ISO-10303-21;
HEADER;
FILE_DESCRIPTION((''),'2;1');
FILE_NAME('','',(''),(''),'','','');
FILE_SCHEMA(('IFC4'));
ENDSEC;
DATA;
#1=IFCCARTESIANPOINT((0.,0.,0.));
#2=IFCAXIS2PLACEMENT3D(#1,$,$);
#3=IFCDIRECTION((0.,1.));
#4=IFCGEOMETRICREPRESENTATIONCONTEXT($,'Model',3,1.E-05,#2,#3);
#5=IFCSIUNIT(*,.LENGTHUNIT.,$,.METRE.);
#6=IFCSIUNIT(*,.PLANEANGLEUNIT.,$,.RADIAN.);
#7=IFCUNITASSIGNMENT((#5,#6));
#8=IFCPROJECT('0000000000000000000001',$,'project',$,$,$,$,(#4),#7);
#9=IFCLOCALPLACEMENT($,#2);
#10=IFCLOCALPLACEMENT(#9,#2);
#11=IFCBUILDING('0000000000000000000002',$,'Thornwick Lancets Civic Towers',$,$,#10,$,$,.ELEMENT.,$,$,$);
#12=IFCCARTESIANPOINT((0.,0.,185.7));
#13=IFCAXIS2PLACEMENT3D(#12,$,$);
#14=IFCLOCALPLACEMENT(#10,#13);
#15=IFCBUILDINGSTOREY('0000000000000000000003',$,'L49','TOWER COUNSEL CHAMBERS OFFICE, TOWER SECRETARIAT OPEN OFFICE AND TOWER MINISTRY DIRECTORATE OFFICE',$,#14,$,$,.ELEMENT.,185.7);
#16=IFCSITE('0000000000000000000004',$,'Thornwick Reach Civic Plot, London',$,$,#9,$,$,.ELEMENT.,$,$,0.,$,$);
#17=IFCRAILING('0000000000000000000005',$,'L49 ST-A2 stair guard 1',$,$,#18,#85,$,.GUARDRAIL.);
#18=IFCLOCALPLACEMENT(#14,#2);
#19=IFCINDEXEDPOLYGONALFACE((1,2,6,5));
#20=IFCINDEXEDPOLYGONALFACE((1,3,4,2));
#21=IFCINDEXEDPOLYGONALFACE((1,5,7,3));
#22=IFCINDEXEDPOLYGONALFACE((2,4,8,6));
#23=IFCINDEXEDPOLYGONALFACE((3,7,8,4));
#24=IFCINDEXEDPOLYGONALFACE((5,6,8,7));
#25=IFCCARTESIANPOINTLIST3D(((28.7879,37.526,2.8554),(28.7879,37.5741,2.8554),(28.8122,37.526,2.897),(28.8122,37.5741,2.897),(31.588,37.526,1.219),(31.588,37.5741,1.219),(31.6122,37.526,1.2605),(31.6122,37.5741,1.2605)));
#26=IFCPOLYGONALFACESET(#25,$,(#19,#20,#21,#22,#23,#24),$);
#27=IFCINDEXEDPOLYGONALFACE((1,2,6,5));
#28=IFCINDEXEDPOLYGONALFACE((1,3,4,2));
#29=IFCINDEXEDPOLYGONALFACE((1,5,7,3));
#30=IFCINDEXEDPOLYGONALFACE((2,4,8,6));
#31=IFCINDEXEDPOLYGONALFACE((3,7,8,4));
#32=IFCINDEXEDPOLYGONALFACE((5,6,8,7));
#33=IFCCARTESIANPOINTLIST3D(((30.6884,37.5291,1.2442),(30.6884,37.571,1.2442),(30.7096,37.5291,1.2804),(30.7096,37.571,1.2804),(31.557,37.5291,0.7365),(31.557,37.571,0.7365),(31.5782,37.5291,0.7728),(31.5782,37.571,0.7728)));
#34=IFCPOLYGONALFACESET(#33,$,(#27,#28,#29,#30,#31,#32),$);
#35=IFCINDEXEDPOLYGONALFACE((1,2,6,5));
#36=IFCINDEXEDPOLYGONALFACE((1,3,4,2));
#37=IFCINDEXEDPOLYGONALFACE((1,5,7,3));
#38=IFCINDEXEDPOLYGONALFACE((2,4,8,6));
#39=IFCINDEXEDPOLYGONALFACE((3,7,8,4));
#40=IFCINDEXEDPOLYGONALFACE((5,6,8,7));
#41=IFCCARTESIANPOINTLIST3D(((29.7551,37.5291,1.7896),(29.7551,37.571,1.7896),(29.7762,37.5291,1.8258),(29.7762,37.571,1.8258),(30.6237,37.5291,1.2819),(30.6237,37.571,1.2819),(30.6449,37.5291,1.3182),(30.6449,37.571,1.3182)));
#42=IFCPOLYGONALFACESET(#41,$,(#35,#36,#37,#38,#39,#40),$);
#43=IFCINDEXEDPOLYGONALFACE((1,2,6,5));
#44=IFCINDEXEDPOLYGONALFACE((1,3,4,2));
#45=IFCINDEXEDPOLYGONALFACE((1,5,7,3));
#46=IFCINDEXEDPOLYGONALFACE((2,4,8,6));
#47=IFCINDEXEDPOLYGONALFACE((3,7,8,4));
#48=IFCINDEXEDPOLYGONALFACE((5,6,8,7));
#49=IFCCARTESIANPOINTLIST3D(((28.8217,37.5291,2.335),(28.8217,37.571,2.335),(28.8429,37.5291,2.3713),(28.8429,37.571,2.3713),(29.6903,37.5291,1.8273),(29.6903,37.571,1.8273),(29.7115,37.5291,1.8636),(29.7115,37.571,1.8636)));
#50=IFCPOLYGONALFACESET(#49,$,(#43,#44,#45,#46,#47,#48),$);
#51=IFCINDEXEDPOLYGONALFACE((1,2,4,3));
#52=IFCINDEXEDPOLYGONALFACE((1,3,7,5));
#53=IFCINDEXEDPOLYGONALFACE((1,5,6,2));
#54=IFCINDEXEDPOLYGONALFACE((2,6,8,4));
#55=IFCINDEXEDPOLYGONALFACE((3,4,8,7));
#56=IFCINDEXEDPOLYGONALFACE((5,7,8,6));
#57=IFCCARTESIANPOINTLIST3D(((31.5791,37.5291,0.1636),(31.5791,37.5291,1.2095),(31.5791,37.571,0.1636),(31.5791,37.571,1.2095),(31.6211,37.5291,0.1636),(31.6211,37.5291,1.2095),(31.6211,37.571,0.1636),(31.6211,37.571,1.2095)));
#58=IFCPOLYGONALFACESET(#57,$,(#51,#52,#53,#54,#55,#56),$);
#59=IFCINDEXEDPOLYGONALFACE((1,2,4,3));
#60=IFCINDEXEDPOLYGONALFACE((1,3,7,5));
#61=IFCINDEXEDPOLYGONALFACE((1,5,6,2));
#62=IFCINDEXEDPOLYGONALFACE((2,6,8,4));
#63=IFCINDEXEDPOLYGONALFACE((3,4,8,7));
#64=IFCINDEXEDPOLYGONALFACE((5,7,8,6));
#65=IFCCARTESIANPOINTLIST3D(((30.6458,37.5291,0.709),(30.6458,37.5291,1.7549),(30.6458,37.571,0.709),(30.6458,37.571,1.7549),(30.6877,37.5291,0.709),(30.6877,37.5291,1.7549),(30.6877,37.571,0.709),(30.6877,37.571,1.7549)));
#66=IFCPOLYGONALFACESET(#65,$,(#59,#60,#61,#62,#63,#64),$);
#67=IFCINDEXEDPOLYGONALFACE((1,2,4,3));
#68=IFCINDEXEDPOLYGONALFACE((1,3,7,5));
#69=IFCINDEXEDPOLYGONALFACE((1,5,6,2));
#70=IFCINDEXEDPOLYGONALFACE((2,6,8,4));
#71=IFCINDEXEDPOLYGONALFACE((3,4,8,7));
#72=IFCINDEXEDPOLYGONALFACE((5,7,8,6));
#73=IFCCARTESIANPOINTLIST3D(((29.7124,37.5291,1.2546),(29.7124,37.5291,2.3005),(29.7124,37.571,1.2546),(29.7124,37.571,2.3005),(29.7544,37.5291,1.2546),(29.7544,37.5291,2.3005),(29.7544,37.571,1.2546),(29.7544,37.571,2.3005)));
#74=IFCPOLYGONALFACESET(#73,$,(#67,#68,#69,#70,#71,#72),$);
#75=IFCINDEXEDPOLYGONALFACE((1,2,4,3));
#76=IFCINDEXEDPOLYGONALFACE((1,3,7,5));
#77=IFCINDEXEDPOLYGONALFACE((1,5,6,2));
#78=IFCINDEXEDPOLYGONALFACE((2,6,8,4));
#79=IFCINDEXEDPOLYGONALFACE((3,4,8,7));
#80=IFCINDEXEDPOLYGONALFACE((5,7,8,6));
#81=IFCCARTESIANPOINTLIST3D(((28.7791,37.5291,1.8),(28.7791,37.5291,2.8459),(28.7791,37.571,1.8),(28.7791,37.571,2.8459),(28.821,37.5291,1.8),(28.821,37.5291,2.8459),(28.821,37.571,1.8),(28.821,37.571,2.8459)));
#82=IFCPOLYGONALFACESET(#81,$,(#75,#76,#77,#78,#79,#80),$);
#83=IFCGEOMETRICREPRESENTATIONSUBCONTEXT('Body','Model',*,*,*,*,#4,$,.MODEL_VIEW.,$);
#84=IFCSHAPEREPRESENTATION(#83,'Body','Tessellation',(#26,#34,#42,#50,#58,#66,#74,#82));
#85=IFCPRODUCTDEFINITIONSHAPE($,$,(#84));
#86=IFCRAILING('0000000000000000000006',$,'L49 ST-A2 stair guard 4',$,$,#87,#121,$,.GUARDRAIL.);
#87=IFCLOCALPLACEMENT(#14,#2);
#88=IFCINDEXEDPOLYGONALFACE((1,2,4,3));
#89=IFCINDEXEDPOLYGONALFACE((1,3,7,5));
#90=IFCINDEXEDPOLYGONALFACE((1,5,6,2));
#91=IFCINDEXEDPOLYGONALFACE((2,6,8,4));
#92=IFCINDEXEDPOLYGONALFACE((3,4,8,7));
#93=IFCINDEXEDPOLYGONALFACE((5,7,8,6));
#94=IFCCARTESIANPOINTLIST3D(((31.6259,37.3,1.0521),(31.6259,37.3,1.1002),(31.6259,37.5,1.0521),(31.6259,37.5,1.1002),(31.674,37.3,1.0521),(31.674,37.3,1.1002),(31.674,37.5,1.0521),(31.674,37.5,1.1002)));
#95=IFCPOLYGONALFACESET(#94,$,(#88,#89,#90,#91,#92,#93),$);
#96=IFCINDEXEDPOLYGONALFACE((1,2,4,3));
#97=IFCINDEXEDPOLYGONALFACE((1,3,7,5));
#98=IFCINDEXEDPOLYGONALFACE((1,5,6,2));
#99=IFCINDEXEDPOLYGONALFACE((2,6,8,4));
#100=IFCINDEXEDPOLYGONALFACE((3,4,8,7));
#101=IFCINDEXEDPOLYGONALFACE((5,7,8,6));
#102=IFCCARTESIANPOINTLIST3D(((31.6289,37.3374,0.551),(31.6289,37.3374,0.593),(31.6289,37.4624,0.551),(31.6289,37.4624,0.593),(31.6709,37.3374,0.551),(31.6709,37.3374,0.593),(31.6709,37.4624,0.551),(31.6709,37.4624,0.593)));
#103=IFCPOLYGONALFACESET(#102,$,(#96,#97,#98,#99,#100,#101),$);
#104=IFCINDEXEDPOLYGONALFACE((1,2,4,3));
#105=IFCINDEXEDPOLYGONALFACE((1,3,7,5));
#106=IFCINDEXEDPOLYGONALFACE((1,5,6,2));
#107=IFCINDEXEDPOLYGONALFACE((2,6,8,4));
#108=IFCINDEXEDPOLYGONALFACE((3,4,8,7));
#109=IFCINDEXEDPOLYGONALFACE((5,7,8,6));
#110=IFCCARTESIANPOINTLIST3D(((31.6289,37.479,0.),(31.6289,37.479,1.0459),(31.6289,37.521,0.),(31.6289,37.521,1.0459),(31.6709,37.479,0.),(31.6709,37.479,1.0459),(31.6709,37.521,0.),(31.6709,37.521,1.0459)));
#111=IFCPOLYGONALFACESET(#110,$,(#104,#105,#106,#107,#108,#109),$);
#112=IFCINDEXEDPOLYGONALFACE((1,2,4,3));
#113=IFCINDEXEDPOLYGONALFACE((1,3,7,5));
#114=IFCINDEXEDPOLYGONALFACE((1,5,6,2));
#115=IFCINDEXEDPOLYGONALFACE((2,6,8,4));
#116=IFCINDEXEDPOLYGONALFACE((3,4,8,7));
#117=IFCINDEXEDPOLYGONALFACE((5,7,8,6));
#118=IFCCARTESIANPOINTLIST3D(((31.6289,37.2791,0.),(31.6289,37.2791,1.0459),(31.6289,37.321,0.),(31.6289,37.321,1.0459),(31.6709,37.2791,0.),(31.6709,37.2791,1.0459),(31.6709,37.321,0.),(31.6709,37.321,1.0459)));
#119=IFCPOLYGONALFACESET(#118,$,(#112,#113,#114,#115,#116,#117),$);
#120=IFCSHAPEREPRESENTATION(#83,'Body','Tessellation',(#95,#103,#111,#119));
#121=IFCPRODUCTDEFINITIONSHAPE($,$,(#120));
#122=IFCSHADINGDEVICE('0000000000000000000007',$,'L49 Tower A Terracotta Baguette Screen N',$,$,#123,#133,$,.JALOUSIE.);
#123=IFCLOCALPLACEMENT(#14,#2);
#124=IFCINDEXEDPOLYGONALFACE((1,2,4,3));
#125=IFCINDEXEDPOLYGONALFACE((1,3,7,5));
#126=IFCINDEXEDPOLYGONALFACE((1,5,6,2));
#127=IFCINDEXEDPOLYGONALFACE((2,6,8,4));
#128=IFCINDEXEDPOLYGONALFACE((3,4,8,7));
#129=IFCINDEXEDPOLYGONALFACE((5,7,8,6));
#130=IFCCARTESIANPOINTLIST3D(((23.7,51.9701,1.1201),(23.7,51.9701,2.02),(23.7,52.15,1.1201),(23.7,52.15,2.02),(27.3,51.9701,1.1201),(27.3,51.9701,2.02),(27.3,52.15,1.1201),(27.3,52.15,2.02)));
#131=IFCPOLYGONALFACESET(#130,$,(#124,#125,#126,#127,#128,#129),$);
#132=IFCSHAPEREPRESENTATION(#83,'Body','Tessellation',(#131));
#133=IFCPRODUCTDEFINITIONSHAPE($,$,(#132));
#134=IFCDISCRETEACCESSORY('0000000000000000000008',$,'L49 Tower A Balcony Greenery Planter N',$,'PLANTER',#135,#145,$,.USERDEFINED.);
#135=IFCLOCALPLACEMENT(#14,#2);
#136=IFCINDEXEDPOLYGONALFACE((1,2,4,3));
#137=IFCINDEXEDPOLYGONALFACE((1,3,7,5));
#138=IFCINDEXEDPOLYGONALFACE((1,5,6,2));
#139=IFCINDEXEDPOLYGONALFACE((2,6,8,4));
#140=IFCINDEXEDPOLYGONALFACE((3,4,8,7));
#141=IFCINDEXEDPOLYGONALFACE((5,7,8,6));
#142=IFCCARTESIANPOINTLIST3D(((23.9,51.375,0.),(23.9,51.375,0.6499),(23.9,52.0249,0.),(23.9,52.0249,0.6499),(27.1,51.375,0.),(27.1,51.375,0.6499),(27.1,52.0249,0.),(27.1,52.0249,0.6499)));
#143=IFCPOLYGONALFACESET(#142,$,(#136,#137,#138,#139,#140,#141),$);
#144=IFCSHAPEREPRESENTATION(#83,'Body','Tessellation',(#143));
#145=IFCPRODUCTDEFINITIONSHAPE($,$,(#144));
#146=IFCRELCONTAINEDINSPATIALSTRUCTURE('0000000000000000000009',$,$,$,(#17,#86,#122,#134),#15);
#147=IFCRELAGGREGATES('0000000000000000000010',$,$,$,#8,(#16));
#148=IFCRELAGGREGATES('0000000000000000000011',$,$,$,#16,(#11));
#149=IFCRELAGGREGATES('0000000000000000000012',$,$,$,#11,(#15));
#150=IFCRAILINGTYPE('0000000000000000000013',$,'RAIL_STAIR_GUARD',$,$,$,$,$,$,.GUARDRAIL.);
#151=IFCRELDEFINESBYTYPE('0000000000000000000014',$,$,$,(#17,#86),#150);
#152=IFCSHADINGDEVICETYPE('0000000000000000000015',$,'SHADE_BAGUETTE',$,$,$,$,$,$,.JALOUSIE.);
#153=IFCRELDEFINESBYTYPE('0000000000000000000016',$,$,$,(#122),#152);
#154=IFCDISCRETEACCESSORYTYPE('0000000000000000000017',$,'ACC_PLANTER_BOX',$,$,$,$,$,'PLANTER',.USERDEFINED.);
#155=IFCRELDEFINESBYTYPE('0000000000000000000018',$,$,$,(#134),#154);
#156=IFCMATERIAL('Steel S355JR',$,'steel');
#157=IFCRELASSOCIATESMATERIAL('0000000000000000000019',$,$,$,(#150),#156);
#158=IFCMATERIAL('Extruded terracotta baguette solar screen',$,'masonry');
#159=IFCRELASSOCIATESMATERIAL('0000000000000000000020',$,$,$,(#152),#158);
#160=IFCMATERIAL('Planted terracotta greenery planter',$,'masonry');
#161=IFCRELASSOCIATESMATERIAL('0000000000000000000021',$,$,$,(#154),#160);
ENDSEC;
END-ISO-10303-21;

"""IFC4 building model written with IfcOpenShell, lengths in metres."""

from ifc_helpers import new_model, si_unit, direction, frame, origin, origin_2d, place, context, subcontext, project, spatial, rectangle, extrude, material, type_object, element, save


model = new_model("IFC4")

# Units and contexts
model_context = context("Model", 3, precision=1e-05, world=origin(), true_north=direction((0.0, 1.0)))
body_context = subcontext(model_context, "Body", "Model", "MODEL_VIEW")
ifc_project = project(units=[si_unit("LENGTHUNIT", "METRE"), si_unit("PLANEANGLEUNIT", "RADIAN")], contexts=[model_context])

# Site, building, storey
site_placement = place(None, origin())
site = spatial("IfcSite", under=ifc_project, at=site_placement, Name="Thornwick Reach Civic Plot, London", CompositionType="ELEMENT", RefElevation=0.0)
building_placement = place(site_placement, origin())
building = spatial("IfcBuilding", under=site, at=building_placement, Name="Thornwick Lancets Civic Towers", CompositionType="ELEMENT")
storey_placement = place(building_placement, frame((0.0, 0.0, 185.7)))
storey = spatial("IfcBuildingStorey", under=building, at=storey_placement, Name="L49", Description="TOWER COUNSEL CHAMBERS OFFICE, TOWER SECRETARIAT OPEN OFFICE AND TOWER MINISTRY DIRECTORATE OFFICE", CompositionType="ELEMENT", Elevation=185.7)

# Shared definitions
ifc_material_1 = material(Name="Steel S355JR", Category="steel")

# Railings
railing_type_1 = type_object("IfcRailingType", Name="RAIL_STAIR_GUARD", PredefinedType="GUARDRAIL", material=ifc_material_1)
railing_1_placement = place(storey_placement, frame((31.6001, 37.55, 0.1636)))
element("IfcRailing", 1, at=railing_1_placement, inside=storey, type_object=railing_type_1, Name="L49 ST-A2 stair guard 1", PredefinedType="GUARDRAIL", context=body_context, shape_type="SweptSolid", body=[
    extrude(rectangle(XDim=0.0481, YDim=0.0481, at=origin_2d()), frame((0.0, 0.0, 1.0762), z_axis=(-0.863361, 0.0, 0.504587), x_axis=(0.0, -1.0, 0.0)), (0.0, 0.0, 1.0), 3.2432),
    extrude(rectangle(XDim=0.042, YDim=0.042, at=origin_2d()), frame((-0.0325, 0.0, 0.5911), z_axis=(-0.863361, 0.0, 0.504587), x_axis=(0.0, -1.0, 0.0)), (0.0, 0.0, 1.0), 1.0061),
    extrude(rectangle(XDim=0.042, YDim=0.042, at=origin_2d()), frame((-0.9658, 0.0, 1.1365), z_axis=(-0.863361, 0.0, 0.504587), x_axis=(0.0, -1.0, 0.0)), (0.0, 0.0, 1.0), 1.0061),
    extrude(rectangle(XDim=0.042, YDim=0.042, at=origin_2d()), frame((-1.8992, 0.0, 1.6819), z_axis=(-0.863361, 0.0, 0.504587), x_axis=(0.0, -1.0, 0.0)), (0.0, 0.0, 1.0), 1.0061),
    extrude(rectangle(XDim=0.042, YDim=0.042, at=origin_2d()), origin(), (0.0, 0.0, 1.0), 1.0459),
    extrude(rectangle(XDim=0.042, YDim=0.042, at=origin_2d()), frame((-0.9333, 0.0, 0.5454)), (0.0, 0.0, 1.0), 1.0459),
    extrude(rectangle(XDim=0.042, YDim=0.042, at=origin_2d()), frame((-1.8667, 0.0, 1.0911)), (0.0, 0.0, 1.0), 1.0459),
    extrude(rectangle(XDim=0.042, YDim=0.042, at=origin_2d()), frame((-2.8, 0.0, 1.6365)), (0.0, 0.0, 1.0), 1.0459),
])
railing_2_placement = place(storey_placement, frame((31.6499, 37.5, 0.0)))
element("IfcRailing", 2, at=railing_2_placement, inside=storey, type_object=railing_type_1, Name="L49 ST-A2 stair guard 4", PredefinedType="GUARDRAIL", context=body_context, shape_type="SweptSolid", body=[
    extrude(rectangle(XDim=0.0481, YDim=0.0481, at=origin_2d()), frame((0.0, 0.0, 1.0762), z_axis=(0.0, -1.0, 0.0), x_axis=(1.0, 0.0, 0.0)), (0.0, 0.0, 1.0), 0.2),
    extrude(rectangle(XDim=0.042, YDim=0.042, at=origin_2d()), frame((0.0, -0.0376, 0.572), z_axis=(0.0, -1.0, 0.0), x_axis=(1.0, 0.0, 0.0)), (0.0, 0.0, 1.0), 0.125),
    extrude(rectangle(XDim=0.042, YDim=0.042, at=origin_2d()), origin(), (0.0, 0.0, 1.0), 1.0459),
    extrude(rectangle(XDim=0.042, YDim=0.042, at=origin_2d()), frame((0.0, -0.2, 0.0)), (0.0, 0.0, 1.0), 1.0459),
])

# Shading device
ifc_material_2 = material(Name="Extruded terracotta baguette solar screen", Category="masonry")
shading_device_type = type_object("IfcShadingDeviceType", Name="SHADE_BAGUETTE", PredefinedType="JALOUSIE", material=ifc_material_2)
shading_device_placement = place(storey_placement, frame((25.5, 52.0601, 1.1201), z_axis=(0.0, 0.0, 1.0), x_axis=(1.0, 0.0, 0.0)))
element("IfcShadingDevice", 3, at=shading_device_placement, inside=storey, type_object=shading_device_type, Name="L49 Tower A Terracotta Baguette Screen N", PredefinedType="JALOUSIE", context=body_context, shape_type="SweptSolid", body=[
    extrude(rectangle(XDim=3.6001, YDim=0.1799, at=origin_2d()), origin(), (0.0, 0.0, 1.0), 0.8999),
])

# Discrete accessory
ifc_material_3 = material(Name="Planted terracotta greenery planter", Category="masonry")
discrete_accessory_type = type_object("IfcDiscreteAccessoryType", Name="ACC_PLANTER_BOX", ElementType="PLANTER", PredefinedType="USERDEFINED", material=ifc_material_3)
discrete_accessory_placement = place(storey_placement, frame((25.5, 51.7, 0.0), z_axis=(0.0, 0.0, 1.0), x_axis=(1.0, 0.0, 0.0)))
element("IfcDiscreteAccessory", 4, at=discrete_accessory_placement, inside=storey, type_object=discrete_accessory_type, Name="L49 Tower A Balcony Greenery Planter N", ObjectType="PLANTER", PredefinedType="USERDEFINED", context=body_context, shape_type="SweptSolid", body=[
    extrude(rectangle(XDim=3.2, YDim=0.6499, at=origin_2d()), origin(), (0.0, 0.0, 1.0), 0.6499),
])

save(model, "model.ifc")
